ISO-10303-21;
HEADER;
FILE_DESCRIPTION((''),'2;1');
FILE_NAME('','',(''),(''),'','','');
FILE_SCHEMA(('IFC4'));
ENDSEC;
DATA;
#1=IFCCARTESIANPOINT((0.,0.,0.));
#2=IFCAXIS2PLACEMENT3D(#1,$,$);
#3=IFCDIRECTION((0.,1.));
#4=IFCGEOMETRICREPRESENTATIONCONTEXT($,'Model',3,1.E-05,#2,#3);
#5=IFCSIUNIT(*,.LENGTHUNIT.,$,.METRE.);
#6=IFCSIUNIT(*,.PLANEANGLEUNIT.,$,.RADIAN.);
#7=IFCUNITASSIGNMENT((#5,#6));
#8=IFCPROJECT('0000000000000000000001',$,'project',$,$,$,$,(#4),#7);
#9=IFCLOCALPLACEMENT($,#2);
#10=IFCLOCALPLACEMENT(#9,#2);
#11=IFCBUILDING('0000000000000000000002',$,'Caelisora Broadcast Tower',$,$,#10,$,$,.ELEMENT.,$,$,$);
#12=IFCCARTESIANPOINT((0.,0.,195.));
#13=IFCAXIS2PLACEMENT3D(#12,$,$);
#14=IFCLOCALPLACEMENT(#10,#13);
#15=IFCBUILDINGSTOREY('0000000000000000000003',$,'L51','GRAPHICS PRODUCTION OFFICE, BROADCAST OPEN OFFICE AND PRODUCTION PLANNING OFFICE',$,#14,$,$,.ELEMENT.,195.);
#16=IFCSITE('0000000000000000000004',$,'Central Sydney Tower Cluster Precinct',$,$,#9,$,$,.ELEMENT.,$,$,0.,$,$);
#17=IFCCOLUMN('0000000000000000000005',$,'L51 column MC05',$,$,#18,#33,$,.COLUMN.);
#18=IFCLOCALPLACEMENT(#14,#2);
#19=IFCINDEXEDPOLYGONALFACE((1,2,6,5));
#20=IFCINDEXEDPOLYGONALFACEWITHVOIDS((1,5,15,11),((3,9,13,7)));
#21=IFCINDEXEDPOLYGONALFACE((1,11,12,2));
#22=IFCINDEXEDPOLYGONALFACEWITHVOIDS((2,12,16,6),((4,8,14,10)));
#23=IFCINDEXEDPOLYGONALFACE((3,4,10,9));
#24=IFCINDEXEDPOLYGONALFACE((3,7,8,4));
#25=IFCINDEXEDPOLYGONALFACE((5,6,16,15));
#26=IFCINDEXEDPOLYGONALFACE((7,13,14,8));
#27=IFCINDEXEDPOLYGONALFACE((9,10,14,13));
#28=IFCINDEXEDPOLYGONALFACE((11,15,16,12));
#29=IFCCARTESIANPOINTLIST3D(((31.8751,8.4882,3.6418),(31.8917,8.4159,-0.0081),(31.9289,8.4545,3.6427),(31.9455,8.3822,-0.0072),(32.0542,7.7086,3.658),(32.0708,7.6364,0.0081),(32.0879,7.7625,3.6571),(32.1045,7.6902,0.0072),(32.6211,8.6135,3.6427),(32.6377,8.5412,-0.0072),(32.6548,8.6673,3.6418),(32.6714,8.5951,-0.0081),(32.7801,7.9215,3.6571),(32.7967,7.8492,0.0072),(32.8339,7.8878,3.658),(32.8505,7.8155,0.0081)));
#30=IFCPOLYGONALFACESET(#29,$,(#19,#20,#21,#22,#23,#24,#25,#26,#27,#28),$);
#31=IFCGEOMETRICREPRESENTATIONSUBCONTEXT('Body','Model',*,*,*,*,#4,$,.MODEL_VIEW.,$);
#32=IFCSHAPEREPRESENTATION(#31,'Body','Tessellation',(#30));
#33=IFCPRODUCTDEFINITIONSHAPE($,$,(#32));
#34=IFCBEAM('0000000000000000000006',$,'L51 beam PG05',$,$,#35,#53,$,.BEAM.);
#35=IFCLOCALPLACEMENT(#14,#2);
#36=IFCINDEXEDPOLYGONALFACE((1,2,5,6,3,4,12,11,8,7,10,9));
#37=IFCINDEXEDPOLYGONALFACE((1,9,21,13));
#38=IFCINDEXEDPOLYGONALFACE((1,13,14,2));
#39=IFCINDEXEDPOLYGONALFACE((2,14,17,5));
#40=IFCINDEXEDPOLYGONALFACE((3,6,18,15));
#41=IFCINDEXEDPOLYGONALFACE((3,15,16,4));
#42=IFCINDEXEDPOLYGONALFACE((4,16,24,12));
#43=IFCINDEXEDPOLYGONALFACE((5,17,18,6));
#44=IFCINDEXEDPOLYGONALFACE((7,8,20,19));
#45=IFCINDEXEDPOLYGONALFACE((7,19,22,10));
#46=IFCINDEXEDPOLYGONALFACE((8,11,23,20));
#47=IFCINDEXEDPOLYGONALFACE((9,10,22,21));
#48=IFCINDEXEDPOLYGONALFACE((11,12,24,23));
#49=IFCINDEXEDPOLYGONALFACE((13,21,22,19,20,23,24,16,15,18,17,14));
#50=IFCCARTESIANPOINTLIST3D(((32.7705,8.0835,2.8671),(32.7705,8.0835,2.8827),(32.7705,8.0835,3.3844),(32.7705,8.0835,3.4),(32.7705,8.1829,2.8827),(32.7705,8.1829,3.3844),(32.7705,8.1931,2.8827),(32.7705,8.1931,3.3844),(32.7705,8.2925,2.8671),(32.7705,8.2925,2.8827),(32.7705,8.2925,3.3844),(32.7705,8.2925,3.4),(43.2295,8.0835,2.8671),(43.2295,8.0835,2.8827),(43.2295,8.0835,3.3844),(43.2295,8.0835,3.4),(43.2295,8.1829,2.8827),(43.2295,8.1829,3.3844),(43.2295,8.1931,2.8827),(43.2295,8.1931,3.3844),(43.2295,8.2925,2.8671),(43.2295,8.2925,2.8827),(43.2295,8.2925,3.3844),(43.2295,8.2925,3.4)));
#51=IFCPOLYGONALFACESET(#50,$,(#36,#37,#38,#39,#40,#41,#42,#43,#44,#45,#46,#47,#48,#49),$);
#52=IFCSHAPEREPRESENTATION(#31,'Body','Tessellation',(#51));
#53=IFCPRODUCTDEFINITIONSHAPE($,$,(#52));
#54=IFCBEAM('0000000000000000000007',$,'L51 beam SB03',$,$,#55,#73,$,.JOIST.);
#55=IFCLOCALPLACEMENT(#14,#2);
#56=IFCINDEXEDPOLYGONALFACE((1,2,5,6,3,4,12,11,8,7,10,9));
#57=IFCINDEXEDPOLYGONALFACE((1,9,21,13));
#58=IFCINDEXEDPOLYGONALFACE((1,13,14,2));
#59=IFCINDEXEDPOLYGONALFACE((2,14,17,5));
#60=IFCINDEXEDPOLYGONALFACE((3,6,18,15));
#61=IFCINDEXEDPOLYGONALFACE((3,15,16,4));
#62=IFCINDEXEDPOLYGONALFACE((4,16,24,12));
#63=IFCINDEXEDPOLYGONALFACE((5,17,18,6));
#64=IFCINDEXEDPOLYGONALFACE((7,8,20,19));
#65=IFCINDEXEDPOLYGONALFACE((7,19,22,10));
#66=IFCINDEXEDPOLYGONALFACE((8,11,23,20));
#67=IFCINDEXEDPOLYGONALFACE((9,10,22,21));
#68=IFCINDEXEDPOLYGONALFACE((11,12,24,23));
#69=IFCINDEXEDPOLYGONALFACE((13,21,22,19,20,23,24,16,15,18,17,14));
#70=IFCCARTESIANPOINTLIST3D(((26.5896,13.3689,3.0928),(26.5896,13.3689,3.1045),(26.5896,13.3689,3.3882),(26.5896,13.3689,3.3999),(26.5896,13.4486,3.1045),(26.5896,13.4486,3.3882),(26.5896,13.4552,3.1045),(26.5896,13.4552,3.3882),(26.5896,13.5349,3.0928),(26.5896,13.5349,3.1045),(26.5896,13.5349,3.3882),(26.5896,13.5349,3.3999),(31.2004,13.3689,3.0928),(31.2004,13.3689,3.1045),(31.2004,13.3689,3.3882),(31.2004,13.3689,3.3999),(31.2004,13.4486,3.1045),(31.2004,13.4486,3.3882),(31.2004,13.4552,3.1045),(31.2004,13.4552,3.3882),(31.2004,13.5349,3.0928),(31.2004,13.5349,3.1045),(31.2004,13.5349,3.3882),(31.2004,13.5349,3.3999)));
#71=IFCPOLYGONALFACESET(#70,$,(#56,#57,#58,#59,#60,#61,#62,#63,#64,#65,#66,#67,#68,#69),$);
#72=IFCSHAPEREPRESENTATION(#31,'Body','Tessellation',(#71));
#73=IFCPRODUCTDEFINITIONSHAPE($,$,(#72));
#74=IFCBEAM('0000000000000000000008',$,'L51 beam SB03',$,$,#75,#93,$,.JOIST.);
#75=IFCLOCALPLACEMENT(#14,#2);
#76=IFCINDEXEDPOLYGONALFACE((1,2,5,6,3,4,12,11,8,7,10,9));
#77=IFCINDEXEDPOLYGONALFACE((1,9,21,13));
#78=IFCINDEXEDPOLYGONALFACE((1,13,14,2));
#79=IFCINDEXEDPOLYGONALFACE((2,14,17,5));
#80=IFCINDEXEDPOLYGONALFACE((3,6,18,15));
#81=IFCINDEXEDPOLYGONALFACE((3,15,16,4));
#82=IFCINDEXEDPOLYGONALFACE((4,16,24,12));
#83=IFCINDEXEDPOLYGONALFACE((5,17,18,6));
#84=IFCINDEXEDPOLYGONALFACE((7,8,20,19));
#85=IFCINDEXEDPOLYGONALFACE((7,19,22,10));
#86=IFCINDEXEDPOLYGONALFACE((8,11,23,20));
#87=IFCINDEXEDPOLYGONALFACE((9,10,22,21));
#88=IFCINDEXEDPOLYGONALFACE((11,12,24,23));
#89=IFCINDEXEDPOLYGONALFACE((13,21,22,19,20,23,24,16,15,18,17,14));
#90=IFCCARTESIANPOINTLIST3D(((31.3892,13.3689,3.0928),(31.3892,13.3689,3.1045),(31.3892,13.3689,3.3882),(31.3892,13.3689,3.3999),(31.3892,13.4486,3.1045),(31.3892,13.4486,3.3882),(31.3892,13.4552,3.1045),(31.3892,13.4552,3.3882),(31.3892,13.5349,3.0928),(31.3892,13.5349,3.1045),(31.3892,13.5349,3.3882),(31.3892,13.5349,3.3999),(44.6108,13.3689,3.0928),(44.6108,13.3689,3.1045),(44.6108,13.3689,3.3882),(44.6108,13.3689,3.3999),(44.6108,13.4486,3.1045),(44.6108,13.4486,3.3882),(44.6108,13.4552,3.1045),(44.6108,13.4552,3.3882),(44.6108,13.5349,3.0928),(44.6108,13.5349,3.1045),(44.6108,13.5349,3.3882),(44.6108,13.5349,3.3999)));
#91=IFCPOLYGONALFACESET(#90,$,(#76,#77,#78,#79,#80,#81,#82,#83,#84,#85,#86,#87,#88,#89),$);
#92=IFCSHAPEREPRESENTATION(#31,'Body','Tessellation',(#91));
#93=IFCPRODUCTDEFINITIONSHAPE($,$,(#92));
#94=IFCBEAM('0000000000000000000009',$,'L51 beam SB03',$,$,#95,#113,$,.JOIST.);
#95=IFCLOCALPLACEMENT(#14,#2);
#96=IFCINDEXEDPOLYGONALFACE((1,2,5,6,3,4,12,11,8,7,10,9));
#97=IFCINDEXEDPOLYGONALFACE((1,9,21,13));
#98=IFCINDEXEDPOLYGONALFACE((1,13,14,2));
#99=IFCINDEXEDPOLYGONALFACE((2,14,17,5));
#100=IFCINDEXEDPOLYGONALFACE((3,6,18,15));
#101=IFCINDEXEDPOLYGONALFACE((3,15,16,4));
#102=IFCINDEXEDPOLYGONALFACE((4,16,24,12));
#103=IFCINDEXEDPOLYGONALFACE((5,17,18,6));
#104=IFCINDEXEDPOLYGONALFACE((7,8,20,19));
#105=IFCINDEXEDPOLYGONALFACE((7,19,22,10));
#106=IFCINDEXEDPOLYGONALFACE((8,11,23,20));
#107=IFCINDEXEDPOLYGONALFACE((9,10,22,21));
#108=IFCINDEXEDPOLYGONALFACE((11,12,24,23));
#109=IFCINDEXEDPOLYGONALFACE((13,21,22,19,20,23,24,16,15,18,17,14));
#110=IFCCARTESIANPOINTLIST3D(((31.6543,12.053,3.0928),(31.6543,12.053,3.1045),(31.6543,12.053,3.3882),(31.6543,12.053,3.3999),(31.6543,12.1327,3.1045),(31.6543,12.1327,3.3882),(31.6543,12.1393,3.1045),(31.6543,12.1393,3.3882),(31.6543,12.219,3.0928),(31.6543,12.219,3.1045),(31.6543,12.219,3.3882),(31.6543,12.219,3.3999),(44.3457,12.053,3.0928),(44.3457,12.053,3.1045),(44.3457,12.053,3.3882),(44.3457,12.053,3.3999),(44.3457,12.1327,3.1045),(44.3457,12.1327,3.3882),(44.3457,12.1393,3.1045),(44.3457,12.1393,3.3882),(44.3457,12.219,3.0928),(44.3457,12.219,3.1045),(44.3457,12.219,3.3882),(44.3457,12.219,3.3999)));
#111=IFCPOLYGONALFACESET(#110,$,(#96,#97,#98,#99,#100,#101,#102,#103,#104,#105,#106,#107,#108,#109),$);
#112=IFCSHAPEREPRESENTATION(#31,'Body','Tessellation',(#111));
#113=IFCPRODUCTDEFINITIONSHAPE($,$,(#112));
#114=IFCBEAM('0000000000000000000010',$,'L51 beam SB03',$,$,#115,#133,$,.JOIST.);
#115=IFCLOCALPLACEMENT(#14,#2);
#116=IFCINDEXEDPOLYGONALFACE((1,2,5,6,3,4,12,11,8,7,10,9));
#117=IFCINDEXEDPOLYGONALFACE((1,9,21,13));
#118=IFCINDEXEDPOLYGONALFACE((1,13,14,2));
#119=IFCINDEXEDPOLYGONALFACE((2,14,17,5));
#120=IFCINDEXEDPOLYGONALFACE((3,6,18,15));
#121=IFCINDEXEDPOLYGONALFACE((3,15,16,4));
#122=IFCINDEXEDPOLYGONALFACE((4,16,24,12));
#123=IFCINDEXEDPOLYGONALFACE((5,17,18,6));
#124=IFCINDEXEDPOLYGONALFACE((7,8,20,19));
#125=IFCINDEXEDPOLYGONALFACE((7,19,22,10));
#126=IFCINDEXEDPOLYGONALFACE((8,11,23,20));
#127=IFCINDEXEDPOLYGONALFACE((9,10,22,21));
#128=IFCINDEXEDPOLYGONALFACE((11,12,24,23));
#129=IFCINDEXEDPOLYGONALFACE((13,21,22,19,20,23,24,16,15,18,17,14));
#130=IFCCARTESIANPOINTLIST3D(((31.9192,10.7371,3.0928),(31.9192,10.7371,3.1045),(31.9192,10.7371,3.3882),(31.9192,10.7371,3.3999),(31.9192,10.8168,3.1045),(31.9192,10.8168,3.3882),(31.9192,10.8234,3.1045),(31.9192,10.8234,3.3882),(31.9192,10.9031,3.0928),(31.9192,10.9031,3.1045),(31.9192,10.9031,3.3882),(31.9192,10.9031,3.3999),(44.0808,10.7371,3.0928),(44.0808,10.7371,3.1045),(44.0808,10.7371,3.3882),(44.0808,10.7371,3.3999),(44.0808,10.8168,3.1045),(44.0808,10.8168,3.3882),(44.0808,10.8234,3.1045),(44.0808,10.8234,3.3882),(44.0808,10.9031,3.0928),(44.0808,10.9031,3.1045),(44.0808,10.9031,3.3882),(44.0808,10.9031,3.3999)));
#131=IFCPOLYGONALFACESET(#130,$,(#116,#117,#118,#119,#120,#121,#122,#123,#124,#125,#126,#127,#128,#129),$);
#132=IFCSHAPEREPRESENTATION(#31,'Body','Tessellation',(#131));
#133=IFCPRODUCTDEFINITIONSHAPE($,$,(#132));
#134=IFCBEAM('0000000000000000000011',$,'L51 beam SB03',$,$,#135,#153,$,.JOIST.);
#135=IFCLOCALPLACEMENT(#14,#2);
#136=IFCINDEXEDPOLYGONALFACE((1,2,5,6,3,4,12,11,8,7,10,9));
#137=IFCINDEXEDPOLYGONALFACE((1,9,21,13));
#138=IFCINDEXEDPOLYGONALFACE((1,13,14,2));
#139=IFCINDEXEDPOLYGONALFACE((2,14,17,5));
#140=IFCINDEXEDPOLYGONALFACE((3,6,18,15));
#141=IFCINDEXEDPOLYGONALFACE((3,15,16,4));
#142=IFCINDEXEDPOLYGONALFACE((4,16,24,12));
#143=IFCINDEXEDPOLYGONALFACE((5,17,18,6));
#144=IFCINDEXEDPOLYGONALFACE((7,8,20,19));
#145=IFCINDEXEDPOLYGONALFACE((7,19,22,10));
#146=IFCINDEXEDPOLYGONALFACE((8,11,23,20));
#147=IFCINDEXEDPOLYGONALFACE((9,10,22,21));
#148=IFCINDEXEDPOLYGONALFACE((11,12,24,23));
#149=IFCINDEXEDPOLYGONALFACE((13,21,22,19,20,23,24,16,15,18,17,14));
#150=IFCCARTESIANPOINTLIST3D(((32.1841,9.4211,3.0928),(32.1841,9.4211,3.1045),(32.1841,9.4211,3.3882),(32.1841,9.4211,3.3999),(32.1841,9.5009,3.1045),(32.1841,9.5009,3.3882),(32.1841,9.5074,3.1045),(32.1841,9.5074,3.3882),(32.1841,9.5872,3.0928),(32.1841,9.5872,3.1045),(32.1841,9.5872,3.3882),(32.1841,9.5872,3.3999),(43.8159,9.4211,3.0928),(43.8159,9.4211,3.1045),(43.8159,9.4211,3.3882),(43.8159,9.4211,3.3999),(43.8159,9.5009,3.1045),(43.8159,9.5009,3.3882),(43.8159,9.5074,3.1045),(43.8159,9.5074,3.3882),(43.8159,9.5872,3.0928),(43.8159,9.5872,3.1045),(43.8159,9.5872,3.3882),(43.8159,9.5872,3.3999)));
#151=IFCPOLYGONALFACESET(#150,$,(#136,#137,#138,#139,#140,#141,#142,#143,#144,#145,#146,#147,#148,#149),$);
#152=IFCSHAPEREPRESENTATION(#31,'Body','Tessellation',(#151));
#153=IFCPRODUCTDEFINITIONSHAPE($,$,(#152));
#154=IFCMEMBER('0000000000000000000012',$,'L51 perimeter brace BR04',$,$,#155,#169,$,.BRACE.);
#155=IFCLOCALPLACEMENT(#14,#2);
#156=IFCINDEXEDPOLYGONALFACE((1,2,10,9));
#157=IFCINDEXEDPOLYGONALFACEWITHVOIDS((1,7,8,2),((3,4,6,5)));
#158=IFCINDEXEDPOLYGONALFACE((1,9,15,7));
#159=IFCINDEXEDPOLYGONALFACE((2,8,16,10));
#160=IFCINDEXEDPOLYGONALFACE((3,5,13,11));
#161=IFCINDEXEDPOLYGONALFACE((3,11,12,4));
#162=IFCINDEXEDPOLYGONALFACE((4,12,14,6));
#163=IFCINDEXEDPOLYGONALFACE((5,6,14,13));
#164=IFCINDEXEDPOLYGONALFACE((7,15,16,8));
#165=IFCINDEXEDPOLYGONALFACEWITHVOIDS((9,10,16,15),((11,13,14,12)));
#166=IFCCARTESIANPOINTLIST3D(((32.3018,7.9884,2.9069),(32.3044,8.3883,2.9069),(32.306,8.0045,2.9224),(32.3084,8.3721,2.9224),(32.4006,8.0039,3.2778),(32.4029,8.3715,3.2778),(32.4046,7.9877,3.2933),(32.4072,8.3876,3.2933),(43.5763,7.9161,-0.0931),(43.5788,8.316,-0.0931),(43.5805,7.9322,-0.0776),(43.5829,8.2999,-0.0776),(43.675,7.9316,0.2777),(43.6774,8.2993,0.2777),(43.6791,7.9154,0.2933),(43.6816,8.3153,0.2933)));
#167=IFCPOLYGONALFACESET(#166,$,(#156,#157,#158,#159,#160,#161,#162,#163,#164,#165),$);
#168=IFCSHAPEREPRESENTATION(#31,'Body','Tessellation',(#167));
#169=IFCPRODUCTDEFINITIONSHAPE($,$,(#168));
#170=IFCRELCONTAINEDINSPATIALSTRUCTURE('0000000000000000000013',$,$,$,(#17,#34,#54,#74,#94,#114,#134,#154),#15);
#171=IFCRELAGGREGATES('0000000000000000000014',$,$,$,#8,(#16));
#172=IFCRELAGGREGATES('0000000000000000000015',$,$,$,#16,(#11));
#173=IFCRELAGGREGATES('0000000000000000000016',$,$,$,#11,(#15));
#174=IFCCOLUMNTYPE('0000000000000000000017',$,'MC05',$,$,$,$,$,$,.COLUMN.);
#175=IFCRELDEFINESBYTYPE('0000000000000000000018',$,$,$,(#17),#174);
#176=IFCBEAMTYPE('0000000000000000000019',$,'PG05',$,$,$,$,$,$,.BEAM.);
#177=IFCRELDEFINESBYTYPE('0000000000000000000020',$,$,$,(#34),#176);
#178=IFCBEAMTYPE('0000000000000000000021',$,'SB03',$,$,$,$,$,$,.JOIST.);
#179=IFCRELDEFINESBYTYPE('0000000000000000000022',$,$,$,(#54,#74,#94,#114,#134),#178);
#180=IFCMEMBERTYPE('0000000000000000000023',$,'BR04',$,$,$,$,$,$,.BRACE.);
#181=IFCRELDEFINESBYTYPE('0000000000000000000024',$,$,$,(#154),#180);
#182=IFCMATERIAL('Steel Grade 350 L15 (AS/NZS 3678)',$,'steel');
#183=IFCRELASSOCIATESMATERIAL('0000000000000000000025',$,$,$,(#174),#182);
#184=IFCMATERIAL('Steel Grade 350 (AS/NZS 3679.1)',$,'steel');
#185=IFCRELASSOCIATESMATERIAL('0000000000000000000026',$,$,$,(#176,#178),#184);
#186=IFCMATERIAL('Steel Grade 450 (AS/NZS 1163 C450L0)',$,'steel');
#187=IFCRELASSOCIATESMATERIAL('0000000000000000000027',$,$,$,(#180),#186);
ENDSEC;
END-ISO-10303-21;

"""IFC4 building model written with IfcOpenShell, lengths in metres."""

from ifc_helpers import new_model, si_unit, direction, frame, origin, origin_2d, place, context, subcontext, project, spatial, hollow_rectangle, i_section, extrude, source, transform, mapped, material, material_profile, profile_set, type_object, type_shapes, element, save


model = new_model("IFC4")

# Units and contexts
model_context = context("Model", 3, precision=1e-05, world=origin(), true_north=direction((0.0, 1.0)))
body_context = subcontext(model_context, "Body", "Model", "MODEL_VIEW")
ifc_project = project(units=[si_unit("LENGTHUNIT", "METRE"), si_unit("PLANEANGLEUNIT", "RADIAN")], contexts=[model_context])

# Site, building, storey
site_placement = place(None, origin())
site = spatial("IfcSite", under=ifc_project, at=site_placement, Name="Central Sydney Tower Cluster Precinct", CompositionType="ELEMENT", RefElevation=0.0)
building_placement = place(site_placement, origin())
building = spatial("IfcBuilding", under=site, at=building_placement, Name="Caelisora Broadcast Tower", CompositionType="ELEMENT")
storey_placement = place(building_placement, frame((0.0, 0.0, 195.0)))
storey = spatial("IfcBuildingStorey", under=building, at=storey_placement, Name="L51", Description="GRAPHICS PRODUCTION OFFICE, BROADCAST OPEN OFFICE AND PRODUCTION PLANNING OFFICE", CompositionType="ELEMENT", Elevation=195.0)

# Column
ifc_material_1 = material(Name="Steel Grade 350 L15 (AS/NZS 3678)", Category="steel")
ifc_material_profile_1 = material_profile(ifc_material_1, hollow_rectangle(XDim=0.8, YDim=0.8, WallThickness=0.0449, at=origin_2d()), Name="Steel Grade 350 L15 (AS/NZS 3678)")
ifc_profile_set_1 = profile_set([ifc_material_profile_1], Name="Steel Grade 350 L15 (AS/NZS 3678)")
column_type = type_object("IfcColumnType", Name="MC05", PredefinedType="COLUMN", material=ifc_profile_set_1)
shared_shape_1 = source(origin(), body_context, "Body", "SweptSolid", [
    extrude(hollow_rectangle(XDim=0.8, YDim=0.8, WallThickness=0.0449, at=origin_2d()), origin(), (0.0, 0.0, 1.0), 3.6506),
])
type_shapes(column_type, [shared_shape_1])
column_placement = place(storey_placement, frame((32.3711, 8.1157, 0.0), z_axis=(-0.004548, 0.019795, 0.999794), x_axis=(-0.974613, -0.223898, 0.0)))
element("IfcColumn", 1, at=column_placement, inside=storey, type_object=column_type, Name="L51 column MC05", PredefinedType="COLUMN", context=body_context, shape_type="MappedRepresentation", body=[
    mapped(shared_shape_1, transform((0.0, 0.0, 0.0), scale=1.0)),
])

# Beams
ifc_material_2 = material(Name="Steel Grade 350 (AS/NZS 3679.1)", Category="steel")
ifc_material_profile_2 = material_profile(ifc_material_2, i_section(OverallWidth=0.209, OverallDepth=0.533, WebThickness=0.0103, FlangeThickness=0.0156, at=origin_2d()), Name="Steel Grade 350 (AS/NZS 3679.1)")
ifc_profile_set_2 = profile_set([ifc_material_profile_2], Name="Steel Grade 350 (AS/NZS 3679.1)")
beam_type_1 = type_object("IfcBeamType", Name="PG05", PredefinedType="BEAM", material=ifc_profile_set_2)
shared_shape_2 = source(origin(), body_context, "Body", "SweptSolid", [
    extrude(i_section(OverallWidth=0.209, OverallDepth=0.533, WebThickness=0.0103, FlangeThickness=0.0156, at=origin_2d()), origin(), (0.0, 0.0, 1.0), 10.459),
])
type_shapes(beam_type_1, [shared_shape_2])
beam_1_placement = place(storey_placement, frame((32.7705, 8.188, 3.1335), z_axis=(1.0, 0.0, 0.0), x_axis=(0.0, 1.0, 0.0)))
element("IfcBeam", 2, at=beam_1_placement, inside=storey, type_object=beam_type_1, Name="L51 beam PG05", PredefinedType="BEAM", context=body_context, shape_type="MappedRepresentation", body=[
    mapped(shared_shape_2, transform((0.0, 0.0, 0.0), scale=1.0)),
])
ifc_material_profile_3 = material_profile(ifc_material_2, i_section(OverallWidth=0.166, OverallDepth=0.3071, WebThickness=0.0066, FlangeThickness=0.0117, at=origin_2d()), Name="Steel Grade 350 (AS/NZS 3679.1)")
ifc_profile_set_3 = profile_set([ifc_material_profile_3], Name="Steel Grade 350 (AS/NZS 3679.1)")
beam_type_2 = type_object("IfcBeamType", Name="SB03", PredefinedType="JOIST", material=ifc_profile_set_3)
shared_shape_3 = source(origin(), body_context, "Body", "SweptSolid", [
    extrude(i_section(OverallWidth=0.166, OverallDepth=0.3071, WebThickness=0.0066, FlangeThickness=0.0117, at=origin_2d()), origin(), (0.0, 0.0, 1.0), 4.6108),
])
beam_2_placement = place(storey_placement, frame((26.5896, 13.4519, 3.2463), z_axis=(1.0, 0.0, 0.0), x_axis=(0.0, 1.0, 0.0)))
element("IfcBeam", 3, at=beam_2_placement, inside=storey, type_object=beam_type_2, Name="L51 beam SB03", PredefinedType="JOIST", context=body_context, shape_type="MappedRepresentation", body=[
    mapped(shared_shape_3, transform((0.0, 0.0, 0.0), scale=1.0)),
])
shared_shape_4 = source(origin(), body_context, "Body", "SweptSolid", [
    extrude(i_section(OverallWidth=0.166, OverallDepth=0.3071, WebThickness=0.0066, FlangeThickness=0.0117, at=origin_2d()), origin(), (0.0, 0.0, 1.0), 13.2217),
])
beam_3_placement = place(storey_placement, frame((31.3892, 13.4519, 3.2463), z_axis=(1.0, 0.0, 0.0), x_axis=(0.0, 1.0, 0.0)))
element("IfcBeam", 4, at=beam_3_placement, inside=storey, type_object=beam_type_2, Name="L51 beam SB03", PredefinedType="JOIST", context=body_context, shape_type="MappedRepresentation", body=[
    mapped(shared_shape_4, transform((0.0, 0.0, 0.0), scale=1.0)),
])
shared_shape_5 = source(origin(), body_context, "Body", "SweptSolid", [
    extrude(i_section(OverallWidth=0.166, OverallDepth=0.3071, WebThickness=0.0066, FlangeThickness=0.0117, at=origin_2d()), origin(), (0.0, 0.0, 1.0), 12.6914),
])
beam_4_placement = place(storey_placement, frame((31.6543, 12.136, 3.2463), z_axis=(1.0, 0.0, 0.0), x_axis=(0.0, 1.0, 0.0)))
element("IfcBeam", 5, at=beam_4_placement, inside=storey, type_object=beam_type_2, Name="L51 beam SB03", PredefinedType="JOIST", context=body_context, shape_type="MappedRepresentation", body=[
    mapped(shared_shape_5, transform((0.0, 0.0, 0.0), scale=1.0)),
])
shared_shape_6 = source(origin(), body_context, "Body", "SweptSolid", [
    extrude(i_section(OverallWidth=0.166, OverallDepth=0.3071, WebThickness=0.0066, FlangeThickness=0.0117, at=origin_2d()), origin(), (0.0, 0.0, 1.0), 12.1616),
])
beam_5_placement = place(storey_placement, frame((31.9192, 10.8201, 3.2463), z_axis=(1.0, 0.0, 0.0), x_axis=(0.0, 1.0, 0.0)))
element("IfcBeam", 6, at=beam_5_placement, inside=storey, type_object=beam_type_2, Name="L51 beam SB03", PredefinedType="JOIST", context=body_context, shape_type="MappedRepresentation", body=[
    mapped(shared_shape_6, transform((0.0, 0.0, 0.0), scale=1.0)),
])
shared_shape_7 = source(origin(), body_context, "Body", "SweptSolid", [
    extrude(i_section(OverallWidth=0.166, OverallDepth=0.3071, WebThickness=0.0066, FlangeThickness=0.0117, at=origin_2d()), origin(), (0.0, 0.0, 1.0), 11.6318),
])
type_shapes(beam_type_2, [shared_shape_3, shared_shape_4, shared_shape_5, shared_shape_6, shared_shape_7])
beam_6_placement = place(storey_placement, frame((32.1841, 9.5042, 3.2463), z_axis=(1.0, 0.0, 0.0), x_axis=(0.0, 1.0, 0.0)))
element("IfcBeam", 7, at=beam_6_placement, inside=storey, type_object=beam_type_2, Name="L51 beam SB03", PredefinedType="JOIST", context=body_context, shape_type="MappedRepresentation", body=[
    mapped(shared_shape_7, transform((0.0, 0.0, 0.0), scale=1.0)),
])

# Member
ifc_material_3 = material(Name="Steel Grade 450 (AS/NZS 1163 C450L0)", Category="steel")
ifc_material_profile_4 = material_profile(ifc_material_3, hollow_rectangle(XDim=0.3999, YDim=0.3999, WallThickness=0.0161, at=origin_2d()), Name="Steel Grade 450 (AS/NZS 1163 C450L0)")
ifc_profile_set_4 = profile_set([ifc_material_profile_4], Name="Steel Grade 450 (AS/NZS 1163 C450L0)")
member_type_1 = type_object("IfcMemberType", Name="BR04", PredefinedType="BRACE", material=ifc_profile_set_4)
shared_shape_8 = source(origin(), body_context, "Body", "SweptSolid", [
    extrude(hollow_rectangle(XDim=0.3999, YDim=0.3999, WallThickness=0.0161, at=origin_2d()), origin(), (0.0, 0.0, 1.0), 11.667),
])
type_shapes(member_type_1, [shared_shape_8])
member_1_placement = place(storey_placement, frame((32.3545, 8.188, 3.1001), z_axis=(0.966355, -0.006194, -0.257137), x_axis=(0.00641, 0.999979, 0.0)))
element("IfcMember", 8, at=member_1_placement, inside=storey, type_object=member_type_1, Name="L51 perimeter brace BR04", PredefinedType="BRACE", context=body_context, shape_type="MappedRepresentation", body=[
    mapped(shared_shape_8, transform((0.0, 0.0, 0.0), scale=1.0)),
])

save(model, "model.ifc")
